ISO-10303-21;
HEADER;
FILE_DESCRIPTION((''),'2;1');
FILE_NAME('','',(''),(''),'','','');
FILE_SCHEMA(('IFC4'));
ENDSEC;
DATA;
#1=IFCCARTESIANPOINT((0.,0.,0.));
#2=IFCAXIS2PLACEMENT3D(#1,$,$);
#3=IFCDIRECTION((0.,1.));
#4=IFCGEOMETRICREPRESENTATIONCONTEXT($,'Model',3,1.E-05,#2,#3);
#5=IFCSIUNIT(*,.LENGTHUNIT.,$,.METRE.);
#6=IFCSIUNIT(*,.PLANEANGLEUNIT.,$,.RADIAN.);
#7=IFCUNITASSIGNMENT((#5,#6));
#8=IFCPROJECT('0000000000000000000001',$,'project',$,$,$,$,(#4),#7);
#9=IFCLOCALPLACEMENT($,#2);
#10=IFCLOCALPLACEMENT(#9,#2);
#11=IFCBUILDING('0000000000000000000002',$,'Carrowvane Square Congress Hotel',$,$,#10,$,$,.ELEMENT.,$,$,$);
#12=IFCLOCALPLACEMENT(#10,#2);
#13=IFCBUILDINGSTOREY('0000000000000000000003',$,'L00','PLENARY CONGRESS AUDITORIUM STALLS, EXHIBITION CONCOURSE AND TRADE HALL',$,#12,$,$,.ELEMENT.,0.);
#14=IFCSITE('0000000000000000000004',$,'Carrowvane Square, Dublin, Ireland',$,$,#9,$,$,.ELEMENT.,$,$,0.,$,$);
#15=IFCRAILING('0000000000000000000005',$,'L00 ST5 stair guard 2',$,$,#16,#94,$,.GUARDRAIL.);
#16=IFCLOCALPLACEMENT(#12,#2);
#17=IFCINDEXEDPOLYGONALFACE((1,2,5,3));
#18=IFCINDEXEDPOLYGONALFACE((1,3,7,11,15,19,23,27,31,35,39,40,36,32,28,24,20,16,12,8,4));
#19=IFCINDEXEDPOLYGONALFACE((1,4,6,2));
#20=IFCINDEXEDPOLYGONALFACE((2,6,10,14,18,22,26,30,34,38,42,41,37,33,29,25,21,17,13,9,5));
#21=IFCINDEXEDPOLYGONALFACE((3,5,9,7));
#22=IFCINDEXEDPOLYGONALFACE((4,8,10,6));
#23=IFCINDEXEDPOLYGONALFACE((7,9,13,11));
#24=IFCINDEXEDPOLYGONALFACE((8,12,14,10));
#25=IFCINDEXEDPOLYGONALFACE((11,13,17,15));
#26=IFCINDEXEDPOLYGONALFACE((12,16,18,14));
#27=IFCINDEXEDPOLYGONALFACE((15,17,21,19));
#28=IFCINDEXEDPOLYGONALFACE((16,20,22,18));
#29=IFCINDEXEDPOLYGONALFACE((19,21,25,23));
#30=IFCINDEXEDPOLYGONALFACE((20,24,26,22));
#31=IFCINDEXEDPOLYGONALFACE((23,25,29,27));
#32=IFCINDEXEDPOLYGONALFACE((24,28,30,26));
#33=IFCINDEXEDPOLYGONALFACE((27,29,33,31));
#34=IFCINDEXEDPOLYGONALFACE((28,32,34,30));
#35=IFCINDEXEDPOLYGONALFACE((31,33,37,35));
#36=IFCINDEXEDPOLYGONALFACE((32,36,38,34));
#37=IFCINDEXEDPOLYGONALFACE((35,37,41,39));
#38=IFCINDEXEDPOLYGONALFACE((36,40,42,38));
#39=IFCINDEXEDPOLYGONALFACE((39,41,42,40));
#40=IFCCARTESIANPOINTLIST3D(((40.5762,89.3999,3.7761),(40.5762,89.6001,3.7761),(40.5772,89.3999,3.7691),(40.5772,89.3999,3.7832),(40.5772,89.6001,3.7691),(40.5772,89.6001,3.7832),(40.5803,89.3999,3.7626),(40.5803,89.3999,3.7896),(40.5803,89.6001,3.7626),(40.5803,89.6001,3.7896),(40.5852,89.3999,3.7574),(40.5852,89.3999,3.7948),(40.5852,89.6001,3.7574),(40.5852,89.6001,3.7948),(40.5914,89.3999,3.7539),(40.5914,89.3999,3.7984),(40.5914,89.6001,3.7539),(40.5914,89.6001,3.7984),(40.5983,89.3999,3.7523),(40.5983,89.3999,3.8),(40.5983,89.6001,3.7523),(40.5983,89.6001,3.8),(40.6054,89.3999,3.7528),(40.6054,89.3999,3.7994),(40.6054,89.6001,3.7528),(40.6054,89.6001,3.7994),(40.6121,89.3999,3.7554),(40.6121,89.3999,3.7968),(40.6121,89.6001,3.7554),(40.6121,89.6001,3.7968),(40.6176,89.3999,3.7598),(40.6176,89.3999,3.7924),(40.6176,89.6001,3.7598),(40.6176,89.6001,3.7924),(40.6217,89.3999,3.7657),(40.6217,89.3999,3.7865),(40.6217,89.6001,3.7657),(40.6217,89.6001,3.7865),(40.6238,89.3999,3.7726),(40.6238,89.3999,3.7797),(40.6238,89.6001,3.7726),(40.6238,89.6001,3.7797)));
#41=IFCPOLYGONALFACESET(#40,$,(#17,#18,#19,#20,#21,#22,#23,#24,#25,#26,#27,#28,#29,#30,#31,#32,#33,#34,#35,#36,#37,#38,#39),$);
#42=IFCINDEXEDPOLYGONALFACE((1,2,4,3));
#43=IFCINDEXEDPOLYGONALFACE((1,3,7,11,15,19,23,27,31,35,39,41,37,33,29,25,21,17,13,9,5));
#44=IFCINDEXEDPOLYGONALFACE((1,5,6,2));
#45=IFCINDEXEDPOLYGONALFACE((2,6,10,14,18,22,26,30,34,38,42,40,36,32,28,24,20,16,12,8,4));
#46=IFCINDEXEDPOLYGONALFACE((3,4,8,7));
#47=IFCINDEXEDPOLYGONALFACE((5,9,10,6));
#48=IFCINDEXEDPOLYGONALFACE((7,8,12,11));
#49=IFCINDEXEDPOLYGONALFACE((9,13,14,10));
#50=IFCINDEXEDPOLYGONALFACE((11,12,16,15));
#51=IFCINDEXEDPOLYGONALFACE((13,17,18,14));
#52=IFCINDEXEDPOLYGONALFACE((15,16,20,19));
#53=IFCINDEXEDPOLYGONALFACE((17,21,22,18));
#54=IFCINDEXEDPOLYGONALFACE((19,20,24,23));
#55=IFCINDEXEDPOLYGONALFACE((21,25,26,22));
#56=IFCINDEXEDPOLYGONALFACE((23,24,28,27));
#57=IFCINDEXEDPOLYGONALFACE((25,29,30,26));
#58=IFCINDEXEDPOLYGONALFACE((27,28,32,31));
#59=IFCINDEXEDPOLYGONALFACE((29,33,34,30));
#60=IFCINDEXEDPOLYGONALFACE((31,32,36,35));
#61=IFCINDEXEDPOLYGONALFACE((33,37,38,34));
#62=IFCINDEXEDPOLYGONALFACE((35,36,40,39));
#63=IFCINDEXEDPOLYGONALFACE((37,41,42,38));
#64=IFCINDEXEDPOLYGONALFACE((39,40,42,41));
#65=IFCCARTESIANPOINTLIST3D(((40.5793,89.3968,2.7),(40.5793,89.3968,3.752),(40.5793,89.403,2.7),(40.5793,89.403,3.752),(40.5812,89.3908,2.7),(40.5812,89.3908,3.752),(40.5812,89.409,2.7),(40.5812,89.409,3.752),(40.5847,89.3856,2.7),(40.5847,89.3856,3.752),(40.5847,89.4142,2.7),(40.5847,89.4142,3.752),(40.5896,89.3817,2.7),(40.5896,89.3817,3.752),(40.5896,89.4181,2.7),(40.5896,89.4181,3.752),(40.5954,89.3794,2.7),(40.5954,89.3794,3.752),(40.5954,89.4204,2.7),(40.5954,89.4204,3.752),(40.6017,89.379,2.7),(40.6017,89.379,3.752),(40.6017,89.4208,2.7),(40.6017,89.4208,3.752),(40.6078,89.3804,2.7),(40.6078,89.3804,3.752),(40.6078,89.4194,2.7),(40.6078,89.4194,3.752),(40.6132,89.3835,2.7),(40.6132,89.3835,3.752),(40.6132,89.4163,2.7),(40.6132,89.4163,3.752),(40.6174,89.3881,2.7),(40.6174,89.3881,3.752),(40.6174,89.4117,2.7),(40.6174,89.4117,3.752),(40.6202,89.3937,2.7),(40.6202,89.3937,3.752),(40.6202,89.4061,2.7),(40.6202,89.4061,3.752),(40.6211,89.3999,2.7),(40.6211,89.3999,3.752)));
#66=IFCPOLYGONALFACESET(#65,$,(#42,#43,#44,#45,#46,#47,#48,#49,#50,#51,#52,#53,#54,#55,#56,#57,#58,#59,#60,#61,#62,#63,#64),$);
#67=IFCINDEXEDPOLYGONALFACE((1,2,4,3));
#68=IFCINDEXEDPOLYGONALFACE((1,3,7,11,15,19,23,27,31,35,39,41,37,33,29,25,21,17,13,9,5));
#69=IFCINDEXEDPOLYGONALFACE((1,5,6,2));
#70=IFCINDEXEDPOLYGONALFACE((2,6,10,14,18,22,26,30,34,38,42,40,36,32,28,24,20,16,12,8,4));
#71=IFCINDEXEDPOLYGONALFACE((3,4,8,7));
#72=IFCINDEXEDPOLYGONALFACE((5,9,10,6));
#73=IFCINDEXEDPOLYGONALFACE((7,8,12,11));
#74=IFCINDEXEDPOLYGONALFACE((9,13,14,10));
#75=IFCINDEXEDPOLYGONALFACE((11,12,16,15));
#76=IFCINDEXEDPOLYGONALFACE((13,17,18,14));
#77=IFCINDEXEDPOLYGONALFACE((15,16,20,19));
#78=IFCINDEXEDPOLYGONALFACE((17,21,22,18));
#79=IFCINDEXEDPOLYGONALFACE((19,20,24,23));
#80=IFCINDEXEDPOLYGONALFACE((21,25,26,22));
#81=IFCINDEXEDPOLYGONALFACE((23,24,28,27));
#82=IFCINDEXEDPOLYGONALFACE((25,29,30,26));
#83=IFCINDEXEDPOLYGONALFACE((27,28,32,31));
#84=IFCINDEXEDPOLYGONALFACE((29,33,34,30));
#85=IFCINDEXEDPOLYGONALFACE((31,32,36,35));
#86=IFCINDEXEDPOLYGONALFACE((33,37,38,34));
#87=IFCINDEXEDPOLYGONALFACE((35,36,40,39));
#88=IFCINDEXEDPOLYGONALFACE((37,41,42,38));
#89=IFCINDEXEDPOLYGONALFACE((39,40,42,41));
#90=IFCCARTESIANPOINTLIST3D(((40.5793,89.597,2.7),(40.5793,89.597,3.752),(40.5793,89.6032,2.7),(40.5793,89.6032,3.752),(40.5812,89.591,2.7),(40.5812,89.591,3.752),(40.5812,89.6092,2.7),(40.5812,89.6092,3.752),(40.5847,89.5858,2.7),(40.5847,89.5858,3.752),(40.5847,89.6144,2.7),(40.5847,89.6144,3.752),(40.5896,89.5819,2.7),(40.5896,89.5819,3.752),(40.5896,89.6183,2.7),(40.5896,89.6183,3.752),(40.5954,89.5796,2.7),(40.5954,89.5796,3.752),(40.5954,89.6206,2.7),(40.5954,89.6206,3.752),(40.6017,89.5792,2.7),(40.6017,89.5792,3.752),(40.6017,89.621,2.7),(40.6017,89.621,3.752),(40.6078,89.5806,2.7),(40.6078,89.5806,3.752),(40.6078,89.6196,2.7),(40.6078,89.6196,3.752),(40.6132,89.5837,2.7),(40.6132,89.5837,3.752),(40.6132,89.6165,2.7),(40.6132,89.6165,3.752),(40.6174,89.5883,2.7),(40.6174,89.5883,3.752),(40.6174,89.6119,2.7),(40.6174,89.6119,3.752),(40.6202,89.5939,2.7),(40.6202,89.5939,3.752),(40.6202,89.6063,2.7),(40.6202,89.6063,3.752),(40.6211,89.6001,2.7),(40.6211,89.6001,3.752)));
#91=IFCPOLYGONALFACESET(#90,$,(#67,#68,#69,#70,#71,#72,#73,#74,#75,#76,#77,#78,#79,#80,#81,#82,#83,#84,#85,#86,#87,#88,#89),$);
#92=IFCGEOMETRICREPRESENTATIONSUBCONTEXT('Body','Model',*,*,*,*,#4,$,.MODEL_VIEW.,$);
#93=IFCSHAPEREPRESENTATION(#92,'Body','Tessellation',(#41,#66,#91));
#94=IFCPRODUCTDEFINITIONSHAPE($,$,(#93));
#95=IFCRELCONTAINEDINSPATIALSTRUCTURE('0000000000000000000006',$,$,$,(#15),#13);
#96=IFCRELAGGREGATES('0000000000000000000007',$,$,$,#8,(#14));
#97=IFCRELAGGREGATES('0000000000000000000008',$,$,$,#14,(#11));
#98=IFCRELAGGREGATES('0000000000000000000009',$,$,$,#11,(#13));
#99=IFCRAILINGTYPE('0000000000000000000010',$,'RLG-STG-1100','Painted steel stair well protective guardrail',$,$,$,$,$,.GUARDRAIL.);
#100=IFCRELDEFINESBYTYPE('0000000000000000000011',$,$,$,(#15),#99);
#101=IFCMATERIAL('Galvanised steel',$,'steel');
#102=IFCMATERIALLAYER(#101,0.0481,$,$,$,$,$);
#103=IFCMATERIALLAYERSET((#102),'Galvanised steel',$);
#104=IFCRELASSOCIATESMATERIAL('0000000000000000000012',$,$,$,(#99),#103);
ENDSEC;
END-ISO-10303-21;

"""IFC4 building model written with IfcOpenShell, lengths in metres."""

from ifc_helpers import new_model, si_unit, direction, frame, origin, origin_2d, place, context, subcontext, project, spatial, circle, extrude, material, layer, layer_set, type_object, element, save


model = new_model("IFC4")

# Units and contexts
model_context = context("Model", 3, precision=1e-05, world=origin(), true_north=direction((0.0, 1.0)))
body_context = subcontext(model_context, "Body", "Model", "MODEL_VIEW")
ifc_project = project(units=[si_unit("LENGTHUNIT", "METRE"), si_unit("PLANEANGLEUNIT", "RADIAN")], contexts=[model_context])

# Site, building, storey
site_placement = place(None, origin())
site = spatial("IfcSite", under=ifc_project, at=site_placement, Name="Carrowvane Square, Dublin, Ireland", CompositionType="ELEMENT", RefElevation=0.0)
building_placement = place(site_placement, origin())
building = spatial("IfcBuilding", under=site, at=building_placement, Name="Carrowvane Square Congress Hotel", CompositionType="ELEMENT")
storey_placement = place(building_placement, origin())
storey = spatial("IfcBuildingStorey", under=building, at=storey_placement, Name="L00", Description="PLENARY CONGRESS AUDITORIUM STALLS, EXHIBITION CONCOURSE AND TRADE HALL", CompositionType="ELEMENT", Elevation=0.0)

# Railing
ifc_material_1 = material(Name="Galvanised steel", Category="steel")
ifc_layer_1 = layer(ifc_material_1, 0.0481)
ifc_layer_set_1 = layer_set([ifc_layer_1], Name="Galvanised steel")
railing_type_1 = type_object("IfcRailingType", Name="RLG-STG-1100", Description="Painted steel stair well protective guardrail", PredefinedType="GUARDRAIL", material=ifc_layer_set_1)
railing_1_placement = place(storey_placement, frame((40.6001, 89.3999, 2.7)))
element("IfcRailing", 1, at=railing_1_placement, inside=storey, type_object=railing_type_1, Name="L00 ST5 stair guard 2", PredefinedType="GUARDRAIL", context=body_context, shape_type="SweptSolid", body=[
    extrude(circle(Radius=0.0239, at=origin_2d()), frame((0.0, 0.0, 1.0762), z_axis=(0.0, 1.0, 0.0), x_axis=(-1.0, 0.0, 0.0)), (0.0, 0.0, 1.0), 0.2002),
    extrude(circle(Radius=0.021, at=origin_2d()), origin(), (0.0, 0.0, 1.0), 1.052),
    extrude(circle(Radius=0.021, at=origin_2d()), frame((0.0, 0.2002, 0.0)), (0.0, 0.0, 1.0), 1.052),
])

save(model, "model.ifc")
